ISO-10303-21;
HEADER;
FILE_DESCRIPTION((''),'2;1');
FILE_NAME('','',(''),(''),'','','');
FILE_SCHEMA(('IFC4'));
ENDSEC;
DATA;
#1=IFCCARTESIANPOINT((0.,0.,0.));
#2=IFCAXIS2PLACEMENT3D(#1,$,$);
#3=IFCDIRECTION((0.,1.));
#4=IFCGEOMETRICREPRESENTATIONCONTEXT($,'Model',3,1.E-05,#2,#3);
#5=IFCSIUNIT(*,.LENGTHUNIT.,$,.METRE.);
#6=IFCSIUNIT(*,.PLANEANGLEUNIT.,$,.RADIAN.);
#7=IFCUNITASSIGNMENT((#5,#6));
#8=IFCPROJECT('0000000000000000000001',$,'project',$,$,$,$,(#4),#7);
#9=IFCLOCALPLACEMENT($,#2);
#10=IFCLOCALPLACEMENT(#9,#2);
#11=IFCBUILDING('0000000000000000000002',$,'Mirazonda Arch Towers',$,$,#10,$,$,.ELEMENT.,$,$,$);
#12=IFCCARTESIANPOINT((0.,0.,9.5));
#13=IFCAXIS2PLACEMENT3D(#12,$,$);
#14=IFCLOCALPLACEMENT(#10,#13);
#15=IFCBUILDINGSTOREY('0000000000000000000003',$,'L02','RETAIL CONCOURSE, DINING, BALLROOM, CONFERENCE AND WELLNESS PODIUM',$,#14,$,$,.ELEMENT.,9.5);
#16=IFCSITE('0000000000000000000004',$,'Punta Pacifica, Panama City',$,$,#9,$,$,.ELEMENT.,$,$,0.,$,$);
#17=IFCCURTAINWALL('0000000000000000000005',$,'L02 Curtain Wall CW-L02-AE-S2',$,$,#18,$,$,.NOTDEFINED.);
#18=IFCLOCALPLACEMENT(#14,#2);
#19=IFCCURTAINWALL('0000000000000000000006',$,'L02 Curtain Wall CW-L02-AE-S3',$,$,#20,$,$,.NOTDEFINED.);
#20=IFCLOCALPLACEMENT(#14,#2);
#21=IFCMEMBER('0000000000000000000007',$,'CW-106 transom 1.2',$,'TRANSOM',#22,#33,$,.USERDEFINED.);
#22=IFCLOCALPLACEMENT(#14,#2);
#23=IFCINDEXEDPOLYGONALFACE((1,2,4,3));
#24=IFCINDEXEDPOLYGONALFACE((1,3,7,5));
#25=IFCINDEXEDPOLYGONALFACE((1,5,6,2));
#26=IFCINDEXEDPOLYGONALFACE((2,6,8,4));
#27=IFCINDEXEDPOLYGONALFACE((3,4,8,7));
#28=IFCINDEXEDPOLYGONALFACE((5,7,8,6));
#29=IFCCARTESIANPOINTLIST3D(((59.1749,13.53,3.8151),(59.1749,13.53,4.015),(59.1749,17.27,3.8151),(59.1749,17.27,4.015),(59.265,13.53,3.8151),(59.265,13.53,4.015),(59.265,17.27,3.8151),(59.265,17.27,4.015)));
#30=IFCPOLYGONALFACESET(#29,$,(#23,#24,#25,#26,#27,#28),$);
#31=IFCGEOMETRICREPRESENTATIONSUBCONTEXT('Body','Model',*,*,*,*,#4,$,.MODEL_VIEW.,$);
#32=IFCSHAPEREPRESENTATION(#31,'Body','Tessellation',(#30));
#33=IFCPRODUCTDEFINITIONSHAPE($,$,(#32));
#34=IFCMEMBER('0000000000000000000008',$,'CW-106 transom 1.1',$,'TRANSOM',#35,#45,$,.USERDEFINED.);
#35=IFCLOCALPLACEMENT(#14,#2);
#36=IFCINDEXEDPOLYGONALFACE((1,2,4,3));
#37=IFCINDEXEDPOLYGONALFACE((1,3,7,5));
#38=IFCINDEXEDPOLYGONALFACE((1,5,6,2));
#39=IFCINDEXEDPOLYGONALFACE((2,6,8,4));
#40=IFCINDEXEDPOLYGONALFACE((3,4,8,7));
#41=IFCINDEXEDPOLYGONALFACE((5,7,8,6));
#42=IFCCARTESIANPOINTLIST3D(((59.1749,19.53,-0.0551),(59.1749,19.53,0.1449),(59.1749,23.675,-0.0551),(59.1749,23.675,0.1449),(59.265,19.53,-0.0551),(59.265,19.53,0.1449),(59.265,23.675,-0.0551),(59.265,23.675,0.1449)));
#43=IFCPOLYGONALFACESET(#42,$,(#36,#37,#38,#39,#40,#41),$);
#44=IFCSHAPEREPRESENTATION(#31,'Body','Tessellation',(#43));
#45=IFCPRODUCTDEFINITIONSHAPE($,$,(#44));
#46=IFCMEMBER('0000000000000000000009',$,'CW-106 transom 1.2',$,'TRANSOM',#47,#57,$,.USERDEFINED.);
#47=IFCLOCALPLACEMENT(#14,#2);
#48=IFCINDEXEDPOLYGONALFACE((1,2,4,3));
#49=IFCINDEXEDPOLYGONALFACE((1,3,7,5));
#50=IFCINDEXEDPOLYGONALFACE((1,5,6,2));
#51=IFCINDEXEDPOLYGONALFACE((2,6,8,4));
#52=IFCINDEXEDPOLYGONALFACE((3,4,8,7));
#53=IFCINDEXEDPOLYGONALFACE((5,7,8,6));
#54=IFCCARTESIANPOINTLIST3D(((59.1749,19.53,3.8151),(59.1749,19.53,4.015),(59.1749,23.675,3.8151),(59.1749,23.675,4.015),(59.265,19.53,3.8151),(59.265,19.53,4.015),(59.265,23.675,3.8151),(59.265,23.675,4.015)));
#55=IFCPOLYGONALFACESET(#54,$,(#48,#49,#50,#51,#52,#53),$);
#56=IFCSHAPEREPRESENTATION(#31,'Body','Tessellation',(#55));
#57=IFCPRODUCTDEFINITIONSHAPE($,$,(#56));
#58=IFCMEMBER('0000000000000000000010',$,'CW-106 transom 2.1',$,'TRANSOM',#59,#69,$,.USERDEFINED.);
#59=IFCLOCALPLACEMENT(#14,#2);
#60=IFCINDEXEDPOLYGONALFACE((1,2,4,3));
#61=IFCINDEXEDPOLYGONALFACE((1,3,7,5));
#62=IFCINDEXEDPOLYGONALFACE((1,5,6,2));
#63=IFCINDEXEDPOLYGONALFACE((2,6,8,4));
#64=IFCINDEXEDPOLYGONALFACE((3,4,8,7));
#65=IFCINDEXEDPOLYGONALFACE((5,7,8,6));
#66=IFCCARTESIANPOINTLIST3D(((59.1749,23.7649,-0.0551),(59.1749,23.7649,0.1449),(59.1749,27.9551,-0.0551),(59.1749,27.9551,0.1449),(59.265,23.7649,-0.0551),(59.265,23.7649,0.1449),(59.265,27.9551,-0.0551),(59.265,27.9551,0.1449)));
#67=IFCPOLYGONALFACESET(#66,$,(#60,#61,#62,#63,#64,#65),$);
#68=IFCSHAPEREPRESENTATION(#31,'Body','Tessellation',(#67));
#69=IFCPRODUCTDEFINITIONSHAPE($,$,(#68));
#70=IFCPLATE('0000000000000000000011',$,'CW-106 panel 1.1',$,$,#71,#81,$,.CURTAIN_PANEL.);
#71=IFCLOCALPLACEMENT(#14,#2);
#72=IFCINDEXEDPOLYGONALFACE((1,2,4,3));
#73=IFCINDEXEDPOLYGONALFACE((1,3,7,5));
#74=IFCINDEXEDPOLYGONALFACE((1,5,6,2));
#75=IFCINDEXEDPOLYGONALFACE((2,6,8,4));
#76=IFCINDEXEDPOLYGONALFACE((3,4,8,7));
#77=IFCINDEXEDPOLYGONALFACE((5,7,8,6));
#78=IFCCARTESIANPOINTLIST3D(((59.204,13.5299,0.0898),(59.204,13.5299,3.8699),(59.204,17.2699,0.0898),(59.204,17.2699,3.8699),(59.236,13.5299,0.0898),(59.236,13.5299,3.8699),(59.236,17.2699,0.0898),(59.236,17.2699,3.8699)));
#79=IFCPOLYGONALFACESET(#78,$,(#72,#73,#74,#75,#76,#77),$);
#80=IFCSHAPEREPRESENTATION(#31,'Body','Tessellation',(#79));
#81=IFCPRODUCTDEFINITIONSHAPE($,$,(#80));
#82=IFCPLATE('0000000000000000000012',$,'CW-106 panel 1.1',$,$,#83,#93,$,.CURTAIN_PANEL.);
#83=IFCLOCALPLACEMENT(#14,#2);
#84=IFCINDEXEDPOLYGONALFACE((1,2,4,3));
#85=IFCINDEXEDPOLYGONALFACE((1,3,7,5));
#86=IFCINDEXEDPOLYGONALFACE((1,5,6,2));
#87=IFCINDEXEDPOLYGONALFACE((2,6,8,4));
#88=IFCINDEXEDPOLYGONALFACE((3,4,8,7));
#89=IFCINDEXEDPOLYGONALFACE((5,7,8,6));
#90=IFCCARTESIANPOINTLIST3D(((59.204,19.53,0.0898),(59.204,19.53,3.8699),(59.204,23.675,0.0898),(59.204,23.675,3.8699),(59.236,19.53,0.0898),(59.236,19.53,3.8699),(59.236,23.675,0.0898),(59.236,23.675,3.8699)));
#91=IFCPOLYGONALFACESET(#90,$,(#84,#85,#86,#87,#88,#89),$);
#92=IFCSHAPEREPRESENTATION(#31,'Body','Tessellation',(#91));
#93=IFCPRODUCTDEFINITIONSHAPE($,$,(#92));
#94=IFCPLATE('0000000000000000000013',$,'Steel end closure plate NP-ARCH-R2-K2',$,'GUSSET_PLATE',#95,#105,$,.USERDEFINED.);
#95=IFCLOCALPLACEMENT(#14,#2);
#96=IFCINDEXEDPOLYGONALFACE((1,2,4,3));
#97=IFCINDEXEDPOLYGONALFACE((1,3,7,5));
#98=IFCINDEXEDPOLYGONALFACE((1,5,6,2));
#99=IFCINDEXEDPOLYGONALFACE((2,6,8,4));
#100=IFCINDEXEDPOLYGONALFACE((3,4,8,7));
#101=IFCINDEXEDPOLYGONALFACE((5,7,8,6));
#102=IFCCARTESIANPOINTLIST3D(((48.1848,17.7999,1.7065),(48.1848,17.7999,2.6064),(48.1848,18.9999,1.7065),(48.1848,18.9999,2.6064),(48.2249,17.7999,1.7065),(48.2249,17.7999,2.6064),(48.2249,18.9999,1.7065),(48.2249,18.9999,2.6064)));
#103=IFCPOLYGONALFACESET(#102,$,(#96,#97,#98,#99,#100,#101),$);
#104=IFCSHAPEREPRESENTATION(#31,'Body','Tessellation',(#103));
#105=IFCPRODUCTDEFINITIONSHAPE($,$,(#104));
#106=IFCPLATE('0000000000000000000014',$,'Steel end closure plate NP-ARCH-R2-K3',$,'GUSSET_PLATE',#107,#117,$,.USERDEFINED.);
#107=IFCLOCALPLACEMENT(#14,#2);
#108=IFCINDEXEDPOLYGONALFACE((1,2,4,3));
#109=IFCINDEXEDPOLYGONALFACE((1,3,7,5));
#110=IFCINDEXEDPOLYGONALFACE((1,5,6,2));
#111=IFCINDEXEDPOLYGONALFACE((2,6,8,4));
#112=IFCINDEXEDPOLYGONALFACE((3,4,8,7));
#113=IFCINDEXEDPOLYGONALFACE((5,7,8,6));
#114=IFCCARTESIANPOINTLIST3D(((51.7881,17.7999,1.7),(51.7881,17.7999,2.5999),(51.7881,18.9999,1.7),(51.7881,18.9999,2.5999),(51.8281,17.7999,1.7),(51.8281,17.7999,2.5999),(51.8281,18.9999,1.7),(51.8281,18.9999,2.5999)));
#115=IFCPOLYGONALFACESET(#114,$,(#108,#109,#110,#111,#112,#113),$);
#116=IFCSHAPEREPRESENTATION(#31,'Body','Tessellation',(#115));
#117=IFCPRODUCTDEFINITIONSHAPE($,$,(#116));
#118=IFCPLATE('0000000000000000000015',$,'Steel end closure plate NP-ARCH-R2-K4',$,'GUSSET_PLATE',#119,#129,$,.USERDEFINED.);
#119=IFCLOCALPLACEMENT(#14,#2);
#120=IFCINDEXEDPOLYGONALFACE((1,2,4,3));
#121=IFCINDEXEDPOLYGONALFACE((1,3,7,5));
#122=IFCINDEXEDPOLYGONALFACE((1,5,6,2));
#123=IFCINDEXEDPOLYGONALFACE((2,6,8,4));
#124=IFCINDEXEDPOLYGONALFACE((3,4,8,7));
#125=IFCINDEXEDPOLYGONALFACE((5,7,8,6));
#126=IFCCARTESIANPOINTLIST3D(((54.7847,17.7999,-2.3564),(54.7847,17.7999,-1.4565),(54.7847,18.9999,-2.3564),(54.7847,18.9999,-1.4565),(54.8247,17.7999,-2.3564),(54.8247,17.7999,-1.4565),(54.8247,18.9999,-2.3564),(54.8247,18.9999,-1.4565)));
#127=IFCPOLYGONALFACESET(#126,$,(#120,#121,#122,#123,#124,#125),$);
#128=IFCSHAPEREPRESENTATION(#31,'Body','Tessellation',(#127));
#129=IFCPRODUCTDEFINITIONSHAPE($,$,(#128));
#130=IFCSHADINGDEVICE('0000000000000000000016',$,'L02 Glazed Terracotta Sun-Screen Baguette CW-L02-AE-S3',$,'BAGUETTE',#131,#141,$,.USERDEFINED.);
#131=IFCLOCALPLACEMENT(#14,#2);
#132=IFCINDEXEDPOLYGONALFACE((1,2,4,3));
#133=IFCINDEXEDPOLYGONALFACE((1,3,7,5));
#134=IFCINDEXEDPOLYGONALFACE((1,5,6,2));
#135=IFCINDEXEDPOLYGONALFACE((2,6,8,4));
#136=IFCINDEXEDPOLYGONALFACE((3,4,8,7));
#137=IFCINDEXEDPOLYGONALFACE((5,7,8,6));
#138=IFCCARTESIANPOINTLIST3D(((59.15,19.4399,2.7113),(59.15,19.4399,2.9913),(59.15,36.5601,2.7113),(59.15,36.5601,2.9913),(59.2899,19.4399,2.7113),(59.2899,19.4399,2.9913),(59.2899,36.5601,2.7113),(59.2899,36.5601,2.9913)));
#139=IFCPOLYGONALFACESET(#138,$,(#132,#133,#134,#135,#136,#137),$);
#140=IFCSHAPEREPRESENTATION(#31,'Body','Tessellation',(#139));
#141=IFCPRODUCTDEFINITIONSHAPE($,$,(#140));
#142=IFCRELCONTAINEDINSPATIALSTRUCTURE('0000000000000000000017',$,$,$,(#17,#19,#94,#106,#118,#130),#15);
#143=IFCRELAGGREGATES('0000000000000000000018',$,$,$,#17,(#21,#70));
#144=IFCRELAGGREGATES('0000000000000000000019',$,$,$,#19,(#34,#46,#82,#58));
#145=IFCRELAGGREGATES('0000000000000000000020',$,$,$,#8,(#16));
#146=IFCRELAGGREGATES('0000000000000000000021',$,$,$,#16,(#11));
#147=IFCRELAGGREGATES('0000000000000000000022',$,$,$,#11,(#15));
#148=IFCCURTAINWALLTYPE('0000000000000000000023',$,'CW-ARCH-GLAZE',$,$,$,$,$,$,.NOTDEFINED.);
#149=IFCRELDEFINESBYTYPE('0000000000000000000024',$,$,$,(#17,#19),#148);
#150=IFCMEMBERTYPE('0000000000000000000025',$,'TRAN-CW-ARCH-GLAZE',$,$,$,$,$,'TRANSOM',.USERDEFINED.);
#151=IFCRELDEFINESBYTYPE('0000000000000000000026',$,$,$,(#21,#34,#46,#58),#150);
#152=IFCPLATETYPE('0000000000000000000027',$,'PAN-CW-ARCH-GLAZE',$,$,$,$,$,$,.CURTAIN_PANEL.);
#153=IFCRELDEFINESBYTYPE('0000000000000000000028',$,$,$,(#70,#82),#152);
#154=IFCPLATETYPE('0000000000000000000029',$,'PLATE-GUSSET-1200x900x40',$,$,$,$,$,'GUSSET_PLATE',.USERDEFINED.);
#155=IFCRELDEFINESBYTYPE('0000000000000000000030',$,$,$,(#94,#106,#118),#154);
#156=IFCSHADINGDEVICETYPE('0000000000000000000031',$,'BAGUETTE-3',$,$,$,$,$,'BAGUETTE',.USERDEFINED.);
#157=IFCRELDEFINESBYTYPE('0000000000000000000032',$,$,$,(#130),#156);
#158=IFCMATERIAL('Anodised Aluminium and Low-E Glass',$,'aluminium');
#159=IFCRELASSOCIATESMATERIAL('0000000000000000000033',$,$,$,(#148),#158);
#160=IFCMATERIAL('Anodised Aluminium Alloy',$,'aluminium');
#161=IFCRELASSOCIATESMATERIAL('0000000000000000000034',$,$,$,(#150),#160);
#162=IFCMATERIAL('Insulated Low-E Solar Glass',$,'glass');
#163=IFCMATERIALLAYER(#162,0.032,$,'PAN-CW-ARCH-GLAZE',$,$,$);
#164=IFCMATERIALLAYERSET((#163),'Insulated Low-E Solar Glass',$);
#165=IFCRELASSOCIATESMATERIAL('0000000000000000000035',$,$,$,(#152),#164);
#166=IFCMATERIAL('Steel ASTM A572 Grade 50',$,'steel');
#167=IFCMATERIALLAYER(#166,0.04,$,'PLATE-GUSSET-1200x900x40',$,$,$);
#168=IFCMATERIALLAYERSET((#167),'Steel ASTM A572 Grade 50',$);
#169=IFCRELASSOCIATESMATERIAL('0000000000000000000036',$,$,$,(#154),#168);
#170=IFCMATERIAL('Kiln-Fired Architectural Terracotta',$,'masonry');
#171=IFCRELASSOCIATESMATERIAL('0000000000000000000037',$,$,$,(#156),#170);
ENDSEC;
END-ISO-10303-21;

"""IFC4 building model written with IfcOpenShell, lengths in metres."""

from ifc_helpers import new_model, si_unit, direction, frame, origin, origin_2d, place, context, subcontext, project, spatial, rectangle, extrude, material, layer, layer_set, material_profile, profile_set, type_object, element, aggregate, save


model = new_model("IFC4")

# Units and contexts
model_context = context("Model", 3, precision=1e-05, world=origin(), true_north=direction((0.0, 1.0)))
body_context = subcontext(model_context, "Body", "Model", "MODEL_VIEW")
ifc_project = project(units=[si_unit("LENGTHUNIT", "METRE"), si_unit("PLANEANGLEUNIT", "RADIAN")], contexts=[model_context])

# Site, building, storey
site_placement = place(None, origin())
site = spatial("IfcSite", under=ifc_project, at=site_placement, Name="Punta Pacifica, Panama City", CompositionType="ELEMENT", RefElevation=0.0)
building_placement = place(site_placement, origin())
building = spatial("IfcBuilding", under=site, at=building_placement, Name="Mirazonda Arch Towers", CompositionType="ELEMENT")
storey_placement = place(building_placement, frame((0.0, 0.0, 9.5)))
storey = spatial("IfcBuildingStorey", under=building, at=storey_placement, Name="L02", Description="RETAIL CONCOURSE, DINING, BALLROOM, CONFERENCE AND WELLNESS PODIUM", CompositionType="ELEMENT", Elevation=9.5)

# Shared definitions
ifc_material_1 = material(Name="Steel ASTM A572 Grade 50", Category="steel")

# Curtain walls
ifc_material_2 = material(Name="Anodised Aluminium and Low-E Glass", Category="aluminium")
curtain_wall_type = type_object("IfcCurtainWallType", Name="CW-ARCH-GLAZE", PredefinedType="NOTDEFINED", material=ifc_material_2)
curtain_wall_1_placement = place(storey_placement, origin())
curtain_wall_1 = element("IfcCurtainWall", 1, at=curtain_wall_1_placement, inside=storey, type_object=curtain_wall_type, Name="L02 Curtain Wall CW-L02-AE-S2", PredefinedType="NOTDEFINED")
ifc_material_3 = material(Name="Anodised Aluminium Alloy", Category="aluminium")
curtain_wall_2_placement = place(storey_placement, origin())
curtain_wall_2 = element("IfcCurtainWall", 2, at=curtain_wall_2_placement, inside=storey, type_object=curtain_wall_type, Name="L02 Curtain Wall CW-L02-AE-S3", PredefinedType="NOTDEFINED")

# Members
ifc_material_profile_1 = material_profile(ifc_material_3, rectangle(XDim=0.0901, YDim=0.2, at=origin_2d()), Name="ALU-TRAN-90x200")
ifc_profile_set_1 = profile_set([ifc_material_profile_1], Name="Anodised Aluminium Alloy")
member_type_1 = type_object("IfcMemberType", Name="TRAN-CW-ARCH-GLAZE", ElementType="TRANSOM", PredefinedType="USERDEFINED", material=ifc_profile_set_1)
member_1_placement = place(storey_placement, frame((59.22, 13.53, 3.915), z_axis=(0.0, 1.0, 0.0), x_axis=(-1.0, 0.0, 0.0)))
member_1 = element("IfcMember", 3, at=member_1_placement, type_object=member_type_1, Name="CW-106 transom 1.2", ObjectType="TRANSOM", PredefinedType="USERDEFINED", context=body_context, shape_type="SweptSolid", body=[
    extrude(rectangle(XDim=0.0901, YDim=0.2, at=origin_2d()), origin(), (0.0, 0.0, 1.0), 3.74),
])
member_2_placement = place(storey_placement, frame((59.22, 19.53, 0.0449), z_axis=(0.0, 1.0, 0.0), x_axis=(-1.0, 0.0, 0.0)))
member_2 = element("IfcMember", 4, at=member_2_placement, type_object=member_type_1, Name="CW-106 transom 1.1", ObjectType="TRANSOM", PredefinedType="USERDEFINED", context=body_context, shape_type="SweptSolid", body=[
    extrude(rectangle(XDim=0.0901, YDim=0.2, at=origin_2d()), origin(), (0.0, 0.0, 1.0), 4.145),
])
member_3_placement = place(storey_placement, frame((59.22, 19.53, 3.915), z_axis=(0.0, 1.0, 0.0), x_axis=(-1.0, 0.0, 0.0)))
member_3 = element("IfcMember", 5, at=member_3_placement, type_object=member_type_1, Name="CW-106 transom 1.2", ObjectType="TRANSOM", PredefinedType="USERDEFINED", context=body_context, shape_type="SweptSolid", body=[
    extrude(rectangle(XDim=0.0901, YDim=0.2, at=origin_2d()), origin(), (0.0, 0.0, 1.0), 4.145),
])
member_4_placement = place(storey_placement, frame((59.22, 23.7649, 0.0449), z_axis=(0.0, 1.0, 0.0), x_axis=(-1.0, 0.0, 0.0)))
member_4 = element("IfcMember", 6, at=member_4_placement, type_object=member_type_1, Name="CW-106 transom 2.1", ObjectType="TRANSOM", PredefinedType="USERDEFINED", context=body_context, shape_type="SweptSolid", body=[
    extrude(rectangle(XDim=0.0901, YDim=0.2, at=origin_2d()), origin(), (0.0, 0.0, 1.0), 4.1902),
])

# Plates
ifc_material_4 = material(Name="Insulated Low-E Solar Glass", Category="glass")
ifc_layer_1 = layer(ifc_material_4, 0.032, Name="PAN-CW-ARCH-GLAZE")
ifc_layer_set_1 = layer_set([ifc_layer_1], Name="Insulated Low-E Solar Glass")
plate_type_1 = type_object("IfcPlateType", Name="PAN-CW-ARCH-GLAZE", PredefinedType="CURTAIN_PANEL", material=ifc_layer_set_1)
plate_1_placement = place(storey_placement, frame((59.22, 15.3999, 0.0898), z_axis=(0.0, 0.0, 1.0), x_axis=(0.0, 1.0, 0.0)))
plate_1 = element("IfcPlate", 7, at=plate_1_placement, type_object=plate_type_1, Name="CW-106 panel 1.1", PredefinedType="CURTAIN_PANEL", context=body_context, shape_type="SweptSolid", body=[
    extrude(rectangle(XDim=3.74, YDim=0.032, at=origin_2d()), origin(), (0.0, 0.0, 1.0), 3.78),
])
aggregate(curtain_wall_1, [member_1, plate_1])
plate_2_placement = place(storey_placement, frame((59.22, 21.6025, 0.0898), z_axis=(0.0, 0.0, 1.0), x_axis=(0.0, 1.0, 0.0)))
plate_2 = element("IfcPlate", 8, at=plate_2_placement, type_object=plate_type_1, Name="CW-106 panel 1.1", PredefinedType="CURTAIN_PANEL", context=body_context, shape_type="SweptSolid", body=[
    extrude(rectangle(XDim=4.145, YDim=0.032, at=origin_2d()), origin(), (0.0, 0.0, 1.0), 3.78),
])
aggregate(curtain_wall_2, [member_2, member_3, plate_2, member_4])

# Plates
ifc_layer_2 = layer(ifc_material_1, 0.04, Name="PLATE-GUSSET-1200x900x40")
ifc_layer_set_2 = layer_set([ifc_layer_2], Name="Steel ASTM A572 Grade 50")
plate_type_2 = type_object("IfcPlateType", Name="PLATE-GUSSET-1200x900x40", ElementType="GUSSET_PLATE", PredefinedType="USERDEFINED", material=ifc_layer_set_2)
for number, where, z_axis, x_axis, name in (
    (9, (48.2048, 18.3999, 1.7065), (0.0, 0.0, 1.0), (1.0, 0.0, 0.0), "Steel end closure plate NP-ARCH-R2-K2"),
    (10, (51.8081, 18.3999, 1.7), (0.0, 0.0, 1.0), (1.0, 0.0, 0.0), "Steel end closure plate NP-ARCH-R2-K3"),
    (11, (54.8047, 18.3999, -2.3564), (0.0, 0.0, 1.0), (1.0, 0.0, 0.0), "Steel end closure plate NP-ARCH-R2-K4"),
):
    element("IfcPlate", number, at=place(storey_placement, frame(where, z_axis=z_axis, x_axis=x_axis)), inside=storey, type_object=plate_type_2, Name=name, ObjectType="GUSSET_PLATE", PredefinedType="USERDEFINED", context=body_context, shape_type="SweptSolid", body=[
        extrude(rectangle(XDim=0.04, YDim=1.2, at=origin_2d()), origin(), (0.0, 0.0, 1.0), 0.8999),
    ])

# Shading device
ifc_material_5 = material(Name="Kiln-Fired Architectural Terracotta", Category="masonry")
ifc_material_profile_2 = material_profile(ifc_material_5, rectangle(XDim=0.1399, YDim=0.28, at=origin_2d()), Name="TERRA-BAG-140x280")
ifc_profile_set_2 = profile_set([ifc_material_profile_2], Name="Kiln-Fired Architectural Terracotta")
shading_device_type = type_object("IfcShadingDeviceType", Name="BAGUETTE-3", ElementType="BAGUETTE", PredefinedType="USERDEFINED", material=ifc_profile_set_2)
shading_device_placement = place(storey_placement, frame((59.22, 19.4399, 2.8513), z_axis=(0.0, 1.0, 0.0), x_axis=(-1.0, 0.0, 0.0)))
element("IfcShadingDevice", 12, at=shading_device_placement, inside=storey, type_object=shading_device_type, Name="L02 Glazed Terracotta Sun-Screen Baguette CW-L02-AE-S3", ObjectType="BAGUETTE", PredefinedType="USERDEFINED", context=body_context, shape_type="SweptSolid", body=[
    extrude(rectangle(XDim=0.1399, YDim=0.28, at=origin_2d()), origin(), (0.0, 0.0, 1.0), 17.1201),
])

save(model, "model.ifc")
